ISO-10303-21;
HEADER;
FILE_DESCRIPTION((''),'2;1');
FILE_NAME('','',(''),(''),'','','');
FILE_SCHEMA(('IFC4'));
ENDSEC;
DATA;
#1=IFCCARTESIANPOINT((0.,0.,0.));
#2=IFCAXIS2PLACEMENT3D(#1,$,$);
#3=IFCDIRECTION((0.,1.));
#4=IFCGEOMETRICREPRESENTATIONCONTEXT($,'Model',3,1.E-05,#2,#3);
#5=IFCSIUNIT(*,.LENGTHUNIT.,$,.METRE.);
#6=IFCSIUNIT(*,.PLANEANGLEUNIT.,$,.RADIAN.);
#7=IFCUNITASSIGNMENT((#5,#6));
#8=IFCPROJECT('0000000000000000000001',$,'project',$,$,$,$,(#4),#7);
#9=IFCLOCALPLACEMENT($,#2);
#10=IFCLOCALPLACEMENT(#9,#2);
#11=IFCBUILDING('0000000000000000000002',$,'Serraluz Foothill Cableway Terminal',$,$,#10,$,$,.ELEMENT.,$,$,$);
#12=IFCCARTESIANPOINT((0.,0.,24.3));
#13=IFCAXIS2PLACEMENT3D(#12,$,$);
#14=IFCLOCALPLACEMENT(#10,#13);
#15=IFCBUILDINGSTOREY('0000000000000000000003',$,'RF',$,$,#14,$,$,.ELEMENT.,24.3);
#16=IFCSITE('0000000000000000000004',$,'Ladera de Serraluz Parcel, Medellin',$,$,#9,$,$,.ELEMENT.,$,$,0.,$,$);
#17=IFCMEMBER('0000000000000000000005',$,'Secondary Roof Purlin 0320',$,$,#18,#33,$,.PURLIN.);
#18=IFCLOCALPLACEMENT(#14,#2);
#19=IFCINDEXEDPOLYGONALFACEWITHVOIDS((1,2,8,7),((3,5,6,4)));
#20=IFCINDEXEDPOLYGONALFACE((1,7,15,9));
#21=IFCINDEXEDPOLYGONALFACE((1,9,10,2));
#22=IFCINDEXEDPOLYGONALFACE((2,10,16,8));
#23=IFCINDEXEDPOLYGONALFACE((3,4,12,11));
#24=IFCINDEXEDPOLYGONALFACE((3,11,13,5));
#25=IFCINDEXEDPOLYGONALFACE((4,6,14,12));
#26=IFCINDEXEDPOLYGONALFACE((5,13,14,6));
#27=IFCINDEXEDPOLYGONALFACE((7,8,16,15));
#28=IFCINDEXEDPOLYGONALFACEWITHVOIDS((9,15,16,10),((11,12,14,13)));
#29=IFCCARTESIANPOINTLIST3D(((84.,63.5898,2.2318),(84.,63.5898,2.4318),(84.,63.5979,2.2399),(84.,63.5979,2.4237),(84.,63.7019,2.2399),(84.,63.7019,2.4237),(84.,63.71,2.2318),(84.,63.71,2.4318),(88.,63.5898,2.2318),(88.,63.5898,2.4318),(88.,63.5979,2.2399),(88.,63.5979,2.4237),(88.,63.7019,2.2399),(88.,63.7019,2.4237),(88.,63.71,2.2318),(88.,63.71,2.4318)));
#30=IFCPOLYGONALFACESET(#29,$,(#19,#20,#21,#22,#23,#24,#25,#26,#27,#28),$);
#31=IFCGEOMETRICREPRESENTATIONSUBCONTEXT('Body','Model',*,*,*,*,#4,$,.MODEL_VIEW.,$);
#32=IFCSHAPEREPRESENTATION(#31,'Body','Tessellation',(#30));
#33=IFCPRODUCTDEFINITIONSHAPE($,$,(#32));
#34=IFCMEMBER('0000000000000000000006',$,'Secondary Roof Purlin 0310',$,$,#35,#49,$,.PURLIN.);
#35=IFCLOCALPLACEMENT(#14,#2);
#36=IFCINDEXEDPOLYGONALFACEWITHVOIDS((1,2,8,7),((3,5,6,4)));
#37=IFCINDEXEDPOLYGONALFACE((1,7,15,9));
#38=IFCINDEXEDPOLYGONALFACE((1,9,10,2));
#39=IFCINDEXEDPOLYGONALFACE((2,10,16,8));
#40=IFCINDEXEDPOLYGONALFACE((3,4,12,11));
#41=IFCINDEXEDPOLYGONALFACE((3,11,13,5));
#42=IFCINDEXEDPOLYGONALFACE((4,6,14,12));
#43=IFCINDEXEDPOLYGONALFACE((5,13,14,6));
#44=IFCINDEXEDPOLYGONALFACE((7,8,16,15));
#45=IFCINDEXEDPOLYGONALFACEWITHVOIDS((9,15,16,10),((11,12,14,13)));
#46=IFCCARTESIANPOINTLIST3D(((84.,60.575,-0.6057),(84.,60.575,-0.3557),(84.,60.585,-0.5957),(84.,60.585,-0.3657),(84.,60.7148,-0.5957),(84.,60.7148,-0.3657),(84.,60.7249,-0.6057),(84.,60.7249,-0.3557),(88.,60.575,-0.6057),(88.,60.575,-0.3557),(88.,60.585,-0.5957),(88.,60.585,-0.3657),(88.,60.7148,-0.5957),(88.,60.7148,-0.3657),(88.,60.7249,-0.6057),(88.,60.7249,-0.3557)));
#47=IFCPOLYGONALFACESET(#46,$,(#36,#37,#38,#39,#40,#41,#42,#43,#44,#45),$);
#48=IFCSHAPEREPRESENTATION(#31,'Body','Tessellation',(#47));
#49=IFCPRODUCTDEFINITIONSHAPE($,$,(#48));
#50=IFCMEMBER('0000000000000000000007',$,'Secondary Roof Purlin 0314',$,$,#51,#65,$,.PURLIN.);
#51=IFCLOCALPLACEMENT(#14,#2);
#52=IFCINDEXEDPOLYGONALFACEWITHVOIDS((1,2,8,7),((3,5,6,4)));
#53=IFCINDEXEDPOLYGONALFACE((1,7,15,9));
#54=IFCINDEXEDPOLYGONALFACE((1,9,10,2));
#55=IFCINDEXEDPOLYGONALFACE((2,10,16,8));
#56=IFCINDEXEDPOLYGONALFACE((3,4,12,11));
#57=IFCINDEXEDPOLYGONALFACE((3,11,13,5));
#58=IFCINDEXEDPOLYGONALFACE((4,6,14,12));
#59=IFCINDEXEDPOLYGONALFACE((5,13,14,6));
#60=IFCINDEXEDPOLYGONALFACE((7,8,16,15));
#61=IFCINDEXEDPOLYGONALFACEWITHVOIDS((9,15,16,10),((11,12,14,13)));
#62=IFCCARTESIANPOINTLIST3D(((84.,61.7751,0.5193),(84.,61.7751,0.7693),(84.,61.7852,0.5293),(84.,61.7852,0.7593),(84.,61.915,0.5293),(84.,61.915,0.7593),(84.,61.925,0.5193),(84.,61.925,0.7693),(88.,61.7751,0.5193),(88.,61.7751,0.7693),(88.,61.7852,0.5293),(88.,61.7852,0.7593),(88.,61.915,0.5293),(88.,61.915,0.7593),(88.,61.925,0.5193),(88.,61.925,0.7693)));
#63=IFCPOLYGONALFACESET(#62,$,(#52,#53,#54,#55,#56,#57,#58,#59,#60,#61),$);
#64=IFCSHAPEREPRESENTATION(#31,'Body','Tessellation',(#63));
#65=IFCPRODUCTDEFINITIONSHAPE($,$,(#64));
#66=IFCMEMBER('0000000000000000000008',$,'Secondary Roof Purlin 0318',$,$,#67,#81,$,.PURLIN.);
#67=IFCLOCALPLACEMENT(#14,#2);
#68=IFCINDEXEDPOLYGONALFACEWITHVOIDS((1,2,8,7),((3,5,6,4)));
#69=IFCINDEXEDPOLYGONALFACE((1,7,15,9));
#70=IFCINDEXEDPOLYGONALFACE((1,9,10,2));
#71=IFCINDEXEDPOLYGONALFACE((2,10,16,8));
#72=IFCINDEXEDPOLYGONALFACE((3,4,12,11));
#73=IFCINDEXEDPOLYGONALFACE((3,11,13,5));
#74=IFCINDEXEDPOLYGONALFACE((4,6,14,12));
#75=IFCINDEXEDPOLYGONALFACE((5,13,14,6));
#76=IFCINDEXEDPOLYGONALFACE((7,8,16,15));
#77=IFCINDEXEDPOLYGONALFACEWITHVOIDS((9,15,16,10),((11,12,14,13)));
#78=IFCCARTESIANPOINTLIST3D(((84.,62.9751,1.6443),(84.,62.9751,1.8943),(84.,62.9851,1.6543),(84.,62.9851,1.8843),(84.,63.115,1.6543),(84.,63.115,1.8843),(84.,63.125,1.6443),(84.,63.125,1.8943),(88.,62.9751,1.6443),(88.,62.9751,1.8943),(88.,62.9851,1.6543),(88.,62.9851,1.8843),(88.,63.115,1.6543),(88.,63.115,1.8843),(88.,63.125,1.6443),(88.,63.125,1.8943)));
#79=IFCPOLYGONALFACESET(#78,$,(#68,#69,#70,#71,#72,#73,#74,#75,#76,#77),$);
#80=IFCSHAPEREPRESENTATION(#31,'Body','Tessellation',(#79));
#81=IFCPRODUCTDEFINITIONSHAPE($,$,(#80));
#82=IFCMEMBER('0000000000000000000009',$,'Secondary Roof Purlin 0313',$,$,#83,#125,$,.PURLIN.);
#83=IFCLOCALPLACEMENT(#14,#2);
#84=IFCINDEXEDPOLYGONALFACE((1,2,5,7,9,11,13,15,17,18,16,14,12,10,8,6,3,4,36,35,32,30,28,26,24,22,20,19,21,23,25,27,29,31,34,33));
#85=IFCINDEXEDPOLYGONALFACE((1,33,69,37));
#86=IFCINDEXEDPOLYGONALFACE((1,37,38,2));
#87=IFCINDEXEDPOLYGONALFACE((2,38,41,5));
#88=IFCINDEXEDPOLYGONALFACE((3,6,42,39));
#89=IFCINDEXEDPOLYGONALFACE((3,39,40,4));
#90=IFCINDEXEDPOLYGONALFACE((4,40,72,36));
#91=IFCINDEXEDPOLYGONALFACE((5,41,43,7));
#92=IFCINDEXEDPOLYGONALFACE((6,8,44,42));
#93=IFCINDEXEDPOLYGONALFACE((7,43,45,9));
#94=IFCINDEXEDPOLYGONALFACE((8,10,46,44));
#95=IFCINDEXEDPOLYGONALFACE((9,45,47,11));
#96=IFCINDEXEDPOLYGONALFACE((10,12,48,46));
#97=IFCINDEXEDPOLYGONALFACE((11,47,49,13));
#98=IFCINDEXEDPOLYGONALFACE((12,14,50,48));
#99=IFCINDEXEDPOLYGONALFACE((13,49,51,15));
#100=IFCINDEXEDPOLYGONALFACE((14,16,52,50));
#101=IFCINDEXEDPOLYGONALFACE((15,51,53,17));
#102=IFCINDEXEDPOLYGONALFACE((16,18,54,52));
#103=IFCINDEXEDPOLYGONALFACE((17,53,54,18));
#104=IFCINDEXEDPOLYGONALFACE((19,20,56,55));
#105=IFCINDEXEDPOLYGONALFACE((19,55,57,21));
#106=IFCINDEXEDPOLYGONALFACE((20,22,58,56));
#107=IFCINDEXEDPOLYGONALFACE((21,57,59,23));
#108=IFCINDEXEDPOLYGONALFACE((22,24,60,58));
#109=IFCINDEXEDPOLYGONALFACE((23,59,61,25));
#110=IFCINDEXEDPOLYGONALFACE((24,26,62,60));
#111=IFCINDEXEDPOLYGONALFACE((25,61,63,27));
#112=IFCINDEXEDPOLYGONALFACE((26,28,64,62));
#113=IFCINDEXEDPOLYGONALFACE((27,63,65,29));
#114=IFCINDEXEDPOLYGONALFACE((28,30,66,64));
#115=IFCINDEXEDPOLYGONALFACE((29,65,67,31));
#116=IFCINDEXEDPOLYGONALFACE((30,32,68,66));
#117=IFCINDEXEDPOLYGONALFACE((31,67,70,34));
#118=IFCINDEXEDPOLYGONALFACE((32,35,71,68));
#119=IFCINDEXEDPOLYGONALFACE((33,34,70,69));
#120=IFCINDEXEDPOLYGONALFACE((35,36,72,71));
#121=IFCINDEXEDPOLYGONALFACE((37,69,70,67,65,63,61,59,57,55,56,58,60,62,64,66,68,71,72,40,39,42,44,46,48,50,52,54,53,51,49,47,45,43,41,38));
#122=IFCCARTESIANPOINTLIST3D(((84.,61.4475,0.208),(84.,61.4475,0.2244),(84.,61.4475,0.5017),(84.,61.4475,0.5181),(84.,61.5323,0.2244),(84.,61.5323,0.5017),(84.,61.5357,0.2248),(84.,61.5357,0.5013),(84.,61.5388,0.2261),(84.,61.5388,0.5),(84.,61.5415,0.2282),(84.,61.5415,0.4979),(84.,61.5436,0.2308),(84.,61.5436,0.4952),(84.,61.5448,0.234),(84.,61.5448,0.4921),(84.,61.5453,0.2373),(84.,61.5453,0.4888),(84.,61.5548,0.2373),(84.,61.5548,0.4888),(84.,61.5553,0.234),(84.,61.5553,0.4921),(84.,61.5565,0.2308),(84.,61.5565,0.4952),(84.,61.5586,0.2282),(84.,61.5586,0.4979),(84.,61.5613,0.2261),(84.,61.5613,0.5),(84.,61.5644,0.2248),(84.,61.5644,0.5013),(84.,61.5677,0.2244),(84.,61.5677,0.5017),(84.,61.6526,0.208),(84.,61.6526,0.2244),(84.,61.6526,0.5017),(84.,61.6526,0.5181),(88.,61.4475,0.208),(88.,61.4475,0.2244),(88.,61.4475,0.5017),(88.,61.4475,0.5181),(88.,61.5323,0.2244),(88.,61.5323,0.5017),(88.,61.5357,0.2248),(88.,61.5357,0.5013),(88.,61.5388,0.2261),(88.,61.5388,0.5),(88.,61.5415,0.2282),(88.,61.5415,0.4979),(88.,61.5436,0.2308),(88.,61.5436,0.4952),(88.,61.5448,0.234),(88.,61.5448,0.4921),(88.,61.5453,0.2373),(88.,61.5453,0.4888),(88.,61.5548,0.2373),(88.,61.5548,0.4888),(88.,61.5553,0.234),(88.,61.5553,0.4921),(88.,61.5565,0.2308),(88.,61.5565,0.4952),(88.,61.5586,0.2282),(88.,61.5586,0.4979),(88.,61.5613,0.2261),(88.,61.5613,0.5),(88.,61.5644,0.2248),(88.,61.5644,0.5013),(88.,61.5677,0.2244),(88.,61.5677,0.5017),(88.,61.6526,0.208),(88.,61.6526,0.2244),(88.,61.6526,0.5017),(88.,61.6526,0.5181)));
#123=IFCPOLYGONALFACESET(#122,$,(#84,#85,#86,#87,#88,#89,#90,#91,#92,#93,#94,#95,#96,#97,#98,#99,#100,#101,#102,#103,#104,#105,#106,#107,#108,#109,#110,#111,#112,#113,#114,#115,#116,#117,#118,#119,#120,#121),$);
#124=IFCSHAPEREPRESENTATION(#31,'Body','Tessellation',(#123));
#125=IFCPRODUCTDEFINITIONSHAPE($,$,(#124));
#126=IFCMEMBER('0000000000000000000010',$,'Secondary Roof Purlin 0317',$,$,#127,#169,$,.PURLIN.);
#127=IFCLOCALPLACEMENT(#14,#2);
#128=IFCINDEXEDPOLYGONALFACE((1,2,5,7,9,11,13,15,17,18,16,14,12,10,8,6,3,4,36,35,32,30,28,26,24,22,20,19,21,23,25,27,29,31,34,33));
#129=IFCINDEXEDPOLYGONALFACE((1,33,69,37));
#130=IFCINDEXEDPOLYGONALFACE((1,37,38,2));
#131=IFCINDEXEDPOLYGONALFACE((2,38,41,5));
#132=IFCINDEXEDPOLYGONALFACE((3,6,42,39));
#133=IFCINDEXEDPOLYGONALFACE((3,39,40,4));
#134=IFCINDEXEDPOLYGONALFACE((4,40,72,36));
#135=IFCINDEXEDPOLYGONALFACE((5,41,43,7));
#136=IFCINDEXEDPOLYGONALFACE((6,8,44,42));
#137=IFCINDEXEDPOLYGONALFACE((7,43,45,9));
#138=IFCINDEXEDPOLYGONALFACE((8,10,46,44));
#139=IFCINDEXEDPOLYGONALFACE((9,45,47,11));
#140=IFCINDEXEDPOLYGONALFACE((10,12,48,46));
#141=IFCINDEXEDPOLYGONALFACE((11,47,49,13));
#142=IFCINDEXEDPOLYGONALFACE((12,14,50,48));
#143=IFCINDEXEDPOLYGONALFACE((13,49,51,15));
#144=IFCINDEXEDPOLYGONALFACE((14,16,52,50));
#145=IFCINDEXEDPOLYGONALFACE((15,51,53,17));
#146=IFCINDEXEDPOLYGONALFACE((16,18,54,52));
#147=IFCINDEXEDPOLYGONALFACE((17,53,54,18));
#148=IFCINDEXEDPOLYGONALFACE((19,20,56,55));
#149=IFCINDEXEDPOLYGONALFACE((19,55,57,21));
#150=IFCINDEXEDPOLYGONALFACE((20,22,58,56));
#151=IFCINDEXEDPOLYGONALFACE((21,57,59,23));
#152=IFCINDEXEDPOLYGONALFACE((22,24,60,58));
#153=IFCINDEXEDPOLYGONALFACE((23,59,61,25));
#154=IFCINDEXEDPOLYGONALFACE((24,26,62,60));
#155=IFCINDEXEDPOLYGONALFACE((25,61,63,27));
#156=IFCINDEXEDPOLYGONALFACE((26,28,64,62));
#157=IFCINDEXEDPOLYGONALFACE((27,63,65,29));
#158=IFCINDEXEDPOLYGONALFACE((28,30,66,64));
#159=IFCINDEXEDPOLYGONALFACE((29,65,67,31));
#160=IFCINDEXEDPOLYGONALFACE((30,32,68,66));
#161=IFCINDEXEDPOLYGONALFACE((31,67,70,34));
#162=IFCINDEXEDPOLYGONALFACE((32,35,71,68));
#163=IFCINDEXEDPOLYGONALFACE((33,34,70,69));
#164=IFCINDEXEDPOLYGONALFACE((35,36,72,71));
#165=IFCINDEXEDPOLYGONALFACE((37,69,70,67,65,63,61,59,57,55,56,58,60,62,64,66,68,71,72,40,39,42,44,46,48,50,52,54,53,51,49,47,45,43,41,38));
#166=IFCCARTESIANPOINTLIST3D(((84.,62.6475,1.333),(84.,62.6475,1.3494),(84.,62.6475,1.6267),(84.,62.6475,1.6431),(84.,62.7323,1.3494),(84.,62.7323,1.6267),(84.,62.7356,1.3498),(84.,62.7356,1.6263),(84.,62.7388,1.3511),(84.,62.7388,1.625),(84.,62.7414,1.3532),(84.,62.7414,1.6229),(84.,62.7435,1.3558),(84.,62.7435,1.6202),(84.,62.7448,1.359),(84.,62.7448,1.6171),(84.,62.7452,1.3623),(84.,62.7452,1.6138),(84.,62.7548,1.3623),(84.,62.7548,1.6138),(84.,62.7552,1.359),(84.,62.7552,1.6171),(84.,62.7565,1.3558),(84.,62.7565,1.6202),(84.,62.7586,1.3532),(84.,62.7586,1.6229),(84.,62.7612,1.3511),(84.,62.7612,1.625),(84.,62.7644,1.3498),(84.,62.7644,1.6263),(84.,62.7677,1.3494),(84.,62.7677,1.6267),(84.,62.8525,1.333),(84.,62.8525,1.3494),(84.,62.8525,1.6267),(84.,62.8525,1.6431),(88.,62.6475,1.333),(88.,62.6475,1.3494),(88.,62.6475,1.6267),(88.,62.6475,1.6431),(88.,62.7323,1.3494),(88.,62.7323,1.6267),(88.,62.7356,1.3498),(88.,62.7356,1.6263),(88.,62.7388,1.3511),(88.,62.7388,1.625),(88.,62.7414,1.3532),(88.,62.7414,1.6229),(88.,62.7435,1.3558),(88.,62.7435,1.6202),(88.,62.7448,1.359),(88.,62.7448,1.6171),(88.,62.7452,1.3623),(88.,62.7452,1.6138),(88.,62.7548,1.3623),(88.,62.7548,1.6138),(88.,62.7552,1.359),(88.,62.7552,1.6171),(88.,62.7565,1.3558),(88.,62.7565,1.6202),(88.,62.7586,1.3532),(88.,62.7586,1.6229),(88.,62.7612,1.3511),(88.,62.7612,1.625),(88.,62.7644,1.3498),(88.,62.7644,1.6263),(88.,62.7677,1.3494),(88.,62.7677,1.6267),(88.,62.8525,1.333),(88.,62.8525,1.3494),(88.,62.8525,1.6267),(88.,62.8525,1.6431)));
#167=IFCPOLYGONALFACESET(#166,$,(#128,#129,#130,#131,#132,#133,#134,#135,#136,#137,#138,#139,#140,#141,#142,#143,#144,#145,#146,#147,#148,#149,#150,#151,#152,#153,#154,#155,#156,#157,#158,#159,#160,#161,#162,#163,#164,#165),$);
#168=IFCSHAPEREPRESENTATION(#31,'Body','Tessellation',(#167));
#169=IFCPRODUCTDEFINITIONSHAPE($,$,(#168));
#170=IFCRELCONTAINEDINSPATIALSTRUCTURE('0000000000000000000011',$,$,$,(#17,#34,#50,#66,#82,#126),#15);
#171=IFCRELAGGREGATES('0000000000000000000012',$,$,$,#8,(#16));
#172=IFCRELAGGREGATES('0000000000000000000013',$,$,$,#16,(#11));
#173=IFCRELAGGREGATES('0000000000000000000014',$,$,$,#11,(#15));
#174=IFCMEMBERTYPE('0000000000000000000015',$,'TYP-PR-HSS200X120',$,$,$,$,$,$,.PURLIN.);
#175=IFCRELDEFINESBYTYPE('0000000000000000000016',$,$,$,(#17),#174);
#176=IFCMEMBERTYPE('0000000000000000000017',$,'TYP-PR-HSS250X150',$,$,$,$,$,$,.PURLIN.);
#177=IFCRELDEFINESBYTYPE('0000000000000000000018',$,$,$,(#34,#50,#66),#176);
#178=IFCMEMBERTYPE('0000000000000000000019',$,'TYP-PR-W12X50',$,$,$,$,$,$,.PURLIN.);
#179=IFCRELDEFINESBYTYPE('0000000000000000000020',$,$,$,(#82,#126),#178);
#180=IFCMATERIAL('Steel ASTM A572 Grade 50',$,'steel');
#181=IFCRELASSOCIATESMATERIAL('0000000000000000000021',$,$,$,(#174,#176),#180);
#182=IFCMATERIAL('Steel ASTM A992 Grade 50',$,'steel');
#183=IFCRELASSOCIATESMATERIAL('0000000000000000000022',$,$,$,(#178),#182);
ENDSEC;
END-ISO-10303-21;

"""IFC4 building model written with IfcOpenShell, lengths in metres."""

from ifc_helpers import new_model, si_unit, direction, frame, origin, origin_2d, place, context, subcontext, project, spatial, hollow_rectangle, i_section, extrude, material, material_profile, profile_set, type_object, element, save


model = new_model("IFC4")

# Units and contexts
model_context = context("Model", 3, precision=1e-05, world=origin(), true_north=direction((0.0, 1.0)))
body_context = subcontext(model_context, "Body", "Model", "MODEL_VIEW")
ifc_project = project(units=[si_unit("LENGTHUNIT", "METRE"), si_unit("PLANEANGLEUNIT", "RADIAN")], contexts=[model_context])

# Site, building, storey
site_placement = place(None, origin())
site = spatial("IfcSite", under=ifc_project, at=site_placement, Name="Ladera de Serraluz Parcel, Medellin", CompositionType="ELEMENT", RefElevation=0.0)
building_placement = place(site_placement, origin())
building = spatial("IfcBuilding", under=site, at=building_placement, Name="Serraluz Foothill Cableway Terminal", CompositionType="ELEMENT")
storey_placement = place(building_placement, frame((0.0, 0.0, 24.3)))
storey = spatial("IfcBuildingStorey", under=building, at=storey_placement, Name="RF", CompositionType="ELEMENT", Elevation=24.3)

# Members
ifc_material_1 = material(Name="Steel ASTM A572 Grade 50", Category="steel")
ifc_material_profile_1 = material_profile(ifc_material_1, hollow_rectangle(XDim=0.1201, YDim=0.2, WallThickness=0.0081, at=origin_2d()), Name="HSS200X120X8")
ifc_profile_set_1 = profile_set([ifc_material_profile_1], Name="Steel ASTM A572 Grade 50")
member_type_1 = type_object("IfcMemberType", Name="TYP-PR-HSS200X120", PredefinedType="PURLIN", material=ifc_profile_set_1)
for number, where, z_axis, x_axis, name in (
    (1, (84.0, 63.6499, 2.3318), (1.0, 0.0, 0.0), (0.0, 1.0, 0.0), "Secondary Roof Purlin 0320"),
):
    element("IfcMember", number, at=place(storey_placement, frame(where, z_axis=z_axis, x_axis=x_axis)), inside=storey, type_object=member_type_1, Name=name, PredefinedType="PURLIN", context=body_context, shape_type="SweptSolid", body=[
        extrude(hollow_rectangle(XDim=0.1201, YDim=0.2, WallThickness=0.0081, at=origin_2d()), origin(), (0.0, 0.0, 1.0), 4.0),
    ])
ifc_material_profile_2 = material_profile(ifc_material_1, hollow_rectangle(XDim=0.1499, YDim=0.25, WallThickness=0.01, at=origin_2d()), Name="HSS250X150X10")
ifc_profile_set_2 = profile_set([ifc_material_profile_2], Name="Steel ASTM A572 Grade 50")
member_type_2 = type_object("IfcMemberType", Name="TYP-PR-HSS250X150", PredefinedType="PURLIN", material=ifc_profile_set_2)
for number, where, z_axis, x_axis, name in (
    (2, (84.0, 60.6499, -0.4807), (1.0, 0.0, 0.0), (0.0, 1.0, 0.0), "Secondary Roof Purlin 0310"),
    (3, (84.0, 61.8501, 0.6443), (1.0, 0.0, 0.0), (0.0, 1.0, 0.0), "Secondary Roof Purlin 0314"),
    (4, (84.0, 63.05, 1.7693), (1.0, 0.0, 0.0), (0.0, 1.0, 0.0), "Secondary Roof Purlin 0318"),
):
    element("IfcMember", number, at=place(storey_placement, frame(where, z_axis=z_axis, x_axis=x_axis)), inside=storey, type_object=member_type_2, Name=name, PredefinedType="PURLIN", context=body_context, shape_type="SweptSolid", body=[
        extrude(hollow_rectangle(XDim=0.1499, YDim=0.25, WallThickness=0.01, at=origin_2d()), origin(), (0.0, 0.0, 1.0), 4.0),
    ])
ifc_material_2 = material(Name="Steel ASTM A992 Grade 50", Category="steel")
ifc_material_profile_3 = material_profile(ifc_material_2, i_section(OverallWidth=0.2051, OverallDepth=0.3101, WebThickness=0.0095, FlangeThickness=0.0164, FilletRadius=0.0129, at=origin_2d()), Name="W12X50")
ifc_profile_set_3 = profile_set([ifc_material_profile_3], Name="Steel ASTM A992 Grade 50")
member_type_3 = type_object("IfcMemberType", Name="TYP-PR-W12X50", PredefinedType="PURLIN", material=ifc_profile_set_3)
for number, where, z_axis, x_axis, name in (
    (5, (84.0, 61.55, 0.363), (1.0, 0.0, 0.0), (0.0, 1.0, 0.0), "Secondary Roof Purlin 0313"),
    (6, (84.0, 62.75, 1.488), (1.0, 0.0, 0.0), (0.0, 1.0, 0.0), "Secondary Roof Purlin 0317"),
):
    element("IfcMember", number, at=place(storey_placement, frame(where, z_axis=z_axis, x_axis=x_axis)), inside=storey, type_object=member_type_3, Name=name, PredefinedType="PURLIN", context=body_context, shape_type="SweptSolid", body=[
        extrude(i_section(OverallWidth=0.2051, OverallDepth=0.3101, WebThickness=0.0095, FlangeThickness=0.0164, FilletRadius=0.0129, at=origin_2d()), origin(), (0.0, 0.0, 1.0), 4.0),
    ])

save(model, "model.ifc")
